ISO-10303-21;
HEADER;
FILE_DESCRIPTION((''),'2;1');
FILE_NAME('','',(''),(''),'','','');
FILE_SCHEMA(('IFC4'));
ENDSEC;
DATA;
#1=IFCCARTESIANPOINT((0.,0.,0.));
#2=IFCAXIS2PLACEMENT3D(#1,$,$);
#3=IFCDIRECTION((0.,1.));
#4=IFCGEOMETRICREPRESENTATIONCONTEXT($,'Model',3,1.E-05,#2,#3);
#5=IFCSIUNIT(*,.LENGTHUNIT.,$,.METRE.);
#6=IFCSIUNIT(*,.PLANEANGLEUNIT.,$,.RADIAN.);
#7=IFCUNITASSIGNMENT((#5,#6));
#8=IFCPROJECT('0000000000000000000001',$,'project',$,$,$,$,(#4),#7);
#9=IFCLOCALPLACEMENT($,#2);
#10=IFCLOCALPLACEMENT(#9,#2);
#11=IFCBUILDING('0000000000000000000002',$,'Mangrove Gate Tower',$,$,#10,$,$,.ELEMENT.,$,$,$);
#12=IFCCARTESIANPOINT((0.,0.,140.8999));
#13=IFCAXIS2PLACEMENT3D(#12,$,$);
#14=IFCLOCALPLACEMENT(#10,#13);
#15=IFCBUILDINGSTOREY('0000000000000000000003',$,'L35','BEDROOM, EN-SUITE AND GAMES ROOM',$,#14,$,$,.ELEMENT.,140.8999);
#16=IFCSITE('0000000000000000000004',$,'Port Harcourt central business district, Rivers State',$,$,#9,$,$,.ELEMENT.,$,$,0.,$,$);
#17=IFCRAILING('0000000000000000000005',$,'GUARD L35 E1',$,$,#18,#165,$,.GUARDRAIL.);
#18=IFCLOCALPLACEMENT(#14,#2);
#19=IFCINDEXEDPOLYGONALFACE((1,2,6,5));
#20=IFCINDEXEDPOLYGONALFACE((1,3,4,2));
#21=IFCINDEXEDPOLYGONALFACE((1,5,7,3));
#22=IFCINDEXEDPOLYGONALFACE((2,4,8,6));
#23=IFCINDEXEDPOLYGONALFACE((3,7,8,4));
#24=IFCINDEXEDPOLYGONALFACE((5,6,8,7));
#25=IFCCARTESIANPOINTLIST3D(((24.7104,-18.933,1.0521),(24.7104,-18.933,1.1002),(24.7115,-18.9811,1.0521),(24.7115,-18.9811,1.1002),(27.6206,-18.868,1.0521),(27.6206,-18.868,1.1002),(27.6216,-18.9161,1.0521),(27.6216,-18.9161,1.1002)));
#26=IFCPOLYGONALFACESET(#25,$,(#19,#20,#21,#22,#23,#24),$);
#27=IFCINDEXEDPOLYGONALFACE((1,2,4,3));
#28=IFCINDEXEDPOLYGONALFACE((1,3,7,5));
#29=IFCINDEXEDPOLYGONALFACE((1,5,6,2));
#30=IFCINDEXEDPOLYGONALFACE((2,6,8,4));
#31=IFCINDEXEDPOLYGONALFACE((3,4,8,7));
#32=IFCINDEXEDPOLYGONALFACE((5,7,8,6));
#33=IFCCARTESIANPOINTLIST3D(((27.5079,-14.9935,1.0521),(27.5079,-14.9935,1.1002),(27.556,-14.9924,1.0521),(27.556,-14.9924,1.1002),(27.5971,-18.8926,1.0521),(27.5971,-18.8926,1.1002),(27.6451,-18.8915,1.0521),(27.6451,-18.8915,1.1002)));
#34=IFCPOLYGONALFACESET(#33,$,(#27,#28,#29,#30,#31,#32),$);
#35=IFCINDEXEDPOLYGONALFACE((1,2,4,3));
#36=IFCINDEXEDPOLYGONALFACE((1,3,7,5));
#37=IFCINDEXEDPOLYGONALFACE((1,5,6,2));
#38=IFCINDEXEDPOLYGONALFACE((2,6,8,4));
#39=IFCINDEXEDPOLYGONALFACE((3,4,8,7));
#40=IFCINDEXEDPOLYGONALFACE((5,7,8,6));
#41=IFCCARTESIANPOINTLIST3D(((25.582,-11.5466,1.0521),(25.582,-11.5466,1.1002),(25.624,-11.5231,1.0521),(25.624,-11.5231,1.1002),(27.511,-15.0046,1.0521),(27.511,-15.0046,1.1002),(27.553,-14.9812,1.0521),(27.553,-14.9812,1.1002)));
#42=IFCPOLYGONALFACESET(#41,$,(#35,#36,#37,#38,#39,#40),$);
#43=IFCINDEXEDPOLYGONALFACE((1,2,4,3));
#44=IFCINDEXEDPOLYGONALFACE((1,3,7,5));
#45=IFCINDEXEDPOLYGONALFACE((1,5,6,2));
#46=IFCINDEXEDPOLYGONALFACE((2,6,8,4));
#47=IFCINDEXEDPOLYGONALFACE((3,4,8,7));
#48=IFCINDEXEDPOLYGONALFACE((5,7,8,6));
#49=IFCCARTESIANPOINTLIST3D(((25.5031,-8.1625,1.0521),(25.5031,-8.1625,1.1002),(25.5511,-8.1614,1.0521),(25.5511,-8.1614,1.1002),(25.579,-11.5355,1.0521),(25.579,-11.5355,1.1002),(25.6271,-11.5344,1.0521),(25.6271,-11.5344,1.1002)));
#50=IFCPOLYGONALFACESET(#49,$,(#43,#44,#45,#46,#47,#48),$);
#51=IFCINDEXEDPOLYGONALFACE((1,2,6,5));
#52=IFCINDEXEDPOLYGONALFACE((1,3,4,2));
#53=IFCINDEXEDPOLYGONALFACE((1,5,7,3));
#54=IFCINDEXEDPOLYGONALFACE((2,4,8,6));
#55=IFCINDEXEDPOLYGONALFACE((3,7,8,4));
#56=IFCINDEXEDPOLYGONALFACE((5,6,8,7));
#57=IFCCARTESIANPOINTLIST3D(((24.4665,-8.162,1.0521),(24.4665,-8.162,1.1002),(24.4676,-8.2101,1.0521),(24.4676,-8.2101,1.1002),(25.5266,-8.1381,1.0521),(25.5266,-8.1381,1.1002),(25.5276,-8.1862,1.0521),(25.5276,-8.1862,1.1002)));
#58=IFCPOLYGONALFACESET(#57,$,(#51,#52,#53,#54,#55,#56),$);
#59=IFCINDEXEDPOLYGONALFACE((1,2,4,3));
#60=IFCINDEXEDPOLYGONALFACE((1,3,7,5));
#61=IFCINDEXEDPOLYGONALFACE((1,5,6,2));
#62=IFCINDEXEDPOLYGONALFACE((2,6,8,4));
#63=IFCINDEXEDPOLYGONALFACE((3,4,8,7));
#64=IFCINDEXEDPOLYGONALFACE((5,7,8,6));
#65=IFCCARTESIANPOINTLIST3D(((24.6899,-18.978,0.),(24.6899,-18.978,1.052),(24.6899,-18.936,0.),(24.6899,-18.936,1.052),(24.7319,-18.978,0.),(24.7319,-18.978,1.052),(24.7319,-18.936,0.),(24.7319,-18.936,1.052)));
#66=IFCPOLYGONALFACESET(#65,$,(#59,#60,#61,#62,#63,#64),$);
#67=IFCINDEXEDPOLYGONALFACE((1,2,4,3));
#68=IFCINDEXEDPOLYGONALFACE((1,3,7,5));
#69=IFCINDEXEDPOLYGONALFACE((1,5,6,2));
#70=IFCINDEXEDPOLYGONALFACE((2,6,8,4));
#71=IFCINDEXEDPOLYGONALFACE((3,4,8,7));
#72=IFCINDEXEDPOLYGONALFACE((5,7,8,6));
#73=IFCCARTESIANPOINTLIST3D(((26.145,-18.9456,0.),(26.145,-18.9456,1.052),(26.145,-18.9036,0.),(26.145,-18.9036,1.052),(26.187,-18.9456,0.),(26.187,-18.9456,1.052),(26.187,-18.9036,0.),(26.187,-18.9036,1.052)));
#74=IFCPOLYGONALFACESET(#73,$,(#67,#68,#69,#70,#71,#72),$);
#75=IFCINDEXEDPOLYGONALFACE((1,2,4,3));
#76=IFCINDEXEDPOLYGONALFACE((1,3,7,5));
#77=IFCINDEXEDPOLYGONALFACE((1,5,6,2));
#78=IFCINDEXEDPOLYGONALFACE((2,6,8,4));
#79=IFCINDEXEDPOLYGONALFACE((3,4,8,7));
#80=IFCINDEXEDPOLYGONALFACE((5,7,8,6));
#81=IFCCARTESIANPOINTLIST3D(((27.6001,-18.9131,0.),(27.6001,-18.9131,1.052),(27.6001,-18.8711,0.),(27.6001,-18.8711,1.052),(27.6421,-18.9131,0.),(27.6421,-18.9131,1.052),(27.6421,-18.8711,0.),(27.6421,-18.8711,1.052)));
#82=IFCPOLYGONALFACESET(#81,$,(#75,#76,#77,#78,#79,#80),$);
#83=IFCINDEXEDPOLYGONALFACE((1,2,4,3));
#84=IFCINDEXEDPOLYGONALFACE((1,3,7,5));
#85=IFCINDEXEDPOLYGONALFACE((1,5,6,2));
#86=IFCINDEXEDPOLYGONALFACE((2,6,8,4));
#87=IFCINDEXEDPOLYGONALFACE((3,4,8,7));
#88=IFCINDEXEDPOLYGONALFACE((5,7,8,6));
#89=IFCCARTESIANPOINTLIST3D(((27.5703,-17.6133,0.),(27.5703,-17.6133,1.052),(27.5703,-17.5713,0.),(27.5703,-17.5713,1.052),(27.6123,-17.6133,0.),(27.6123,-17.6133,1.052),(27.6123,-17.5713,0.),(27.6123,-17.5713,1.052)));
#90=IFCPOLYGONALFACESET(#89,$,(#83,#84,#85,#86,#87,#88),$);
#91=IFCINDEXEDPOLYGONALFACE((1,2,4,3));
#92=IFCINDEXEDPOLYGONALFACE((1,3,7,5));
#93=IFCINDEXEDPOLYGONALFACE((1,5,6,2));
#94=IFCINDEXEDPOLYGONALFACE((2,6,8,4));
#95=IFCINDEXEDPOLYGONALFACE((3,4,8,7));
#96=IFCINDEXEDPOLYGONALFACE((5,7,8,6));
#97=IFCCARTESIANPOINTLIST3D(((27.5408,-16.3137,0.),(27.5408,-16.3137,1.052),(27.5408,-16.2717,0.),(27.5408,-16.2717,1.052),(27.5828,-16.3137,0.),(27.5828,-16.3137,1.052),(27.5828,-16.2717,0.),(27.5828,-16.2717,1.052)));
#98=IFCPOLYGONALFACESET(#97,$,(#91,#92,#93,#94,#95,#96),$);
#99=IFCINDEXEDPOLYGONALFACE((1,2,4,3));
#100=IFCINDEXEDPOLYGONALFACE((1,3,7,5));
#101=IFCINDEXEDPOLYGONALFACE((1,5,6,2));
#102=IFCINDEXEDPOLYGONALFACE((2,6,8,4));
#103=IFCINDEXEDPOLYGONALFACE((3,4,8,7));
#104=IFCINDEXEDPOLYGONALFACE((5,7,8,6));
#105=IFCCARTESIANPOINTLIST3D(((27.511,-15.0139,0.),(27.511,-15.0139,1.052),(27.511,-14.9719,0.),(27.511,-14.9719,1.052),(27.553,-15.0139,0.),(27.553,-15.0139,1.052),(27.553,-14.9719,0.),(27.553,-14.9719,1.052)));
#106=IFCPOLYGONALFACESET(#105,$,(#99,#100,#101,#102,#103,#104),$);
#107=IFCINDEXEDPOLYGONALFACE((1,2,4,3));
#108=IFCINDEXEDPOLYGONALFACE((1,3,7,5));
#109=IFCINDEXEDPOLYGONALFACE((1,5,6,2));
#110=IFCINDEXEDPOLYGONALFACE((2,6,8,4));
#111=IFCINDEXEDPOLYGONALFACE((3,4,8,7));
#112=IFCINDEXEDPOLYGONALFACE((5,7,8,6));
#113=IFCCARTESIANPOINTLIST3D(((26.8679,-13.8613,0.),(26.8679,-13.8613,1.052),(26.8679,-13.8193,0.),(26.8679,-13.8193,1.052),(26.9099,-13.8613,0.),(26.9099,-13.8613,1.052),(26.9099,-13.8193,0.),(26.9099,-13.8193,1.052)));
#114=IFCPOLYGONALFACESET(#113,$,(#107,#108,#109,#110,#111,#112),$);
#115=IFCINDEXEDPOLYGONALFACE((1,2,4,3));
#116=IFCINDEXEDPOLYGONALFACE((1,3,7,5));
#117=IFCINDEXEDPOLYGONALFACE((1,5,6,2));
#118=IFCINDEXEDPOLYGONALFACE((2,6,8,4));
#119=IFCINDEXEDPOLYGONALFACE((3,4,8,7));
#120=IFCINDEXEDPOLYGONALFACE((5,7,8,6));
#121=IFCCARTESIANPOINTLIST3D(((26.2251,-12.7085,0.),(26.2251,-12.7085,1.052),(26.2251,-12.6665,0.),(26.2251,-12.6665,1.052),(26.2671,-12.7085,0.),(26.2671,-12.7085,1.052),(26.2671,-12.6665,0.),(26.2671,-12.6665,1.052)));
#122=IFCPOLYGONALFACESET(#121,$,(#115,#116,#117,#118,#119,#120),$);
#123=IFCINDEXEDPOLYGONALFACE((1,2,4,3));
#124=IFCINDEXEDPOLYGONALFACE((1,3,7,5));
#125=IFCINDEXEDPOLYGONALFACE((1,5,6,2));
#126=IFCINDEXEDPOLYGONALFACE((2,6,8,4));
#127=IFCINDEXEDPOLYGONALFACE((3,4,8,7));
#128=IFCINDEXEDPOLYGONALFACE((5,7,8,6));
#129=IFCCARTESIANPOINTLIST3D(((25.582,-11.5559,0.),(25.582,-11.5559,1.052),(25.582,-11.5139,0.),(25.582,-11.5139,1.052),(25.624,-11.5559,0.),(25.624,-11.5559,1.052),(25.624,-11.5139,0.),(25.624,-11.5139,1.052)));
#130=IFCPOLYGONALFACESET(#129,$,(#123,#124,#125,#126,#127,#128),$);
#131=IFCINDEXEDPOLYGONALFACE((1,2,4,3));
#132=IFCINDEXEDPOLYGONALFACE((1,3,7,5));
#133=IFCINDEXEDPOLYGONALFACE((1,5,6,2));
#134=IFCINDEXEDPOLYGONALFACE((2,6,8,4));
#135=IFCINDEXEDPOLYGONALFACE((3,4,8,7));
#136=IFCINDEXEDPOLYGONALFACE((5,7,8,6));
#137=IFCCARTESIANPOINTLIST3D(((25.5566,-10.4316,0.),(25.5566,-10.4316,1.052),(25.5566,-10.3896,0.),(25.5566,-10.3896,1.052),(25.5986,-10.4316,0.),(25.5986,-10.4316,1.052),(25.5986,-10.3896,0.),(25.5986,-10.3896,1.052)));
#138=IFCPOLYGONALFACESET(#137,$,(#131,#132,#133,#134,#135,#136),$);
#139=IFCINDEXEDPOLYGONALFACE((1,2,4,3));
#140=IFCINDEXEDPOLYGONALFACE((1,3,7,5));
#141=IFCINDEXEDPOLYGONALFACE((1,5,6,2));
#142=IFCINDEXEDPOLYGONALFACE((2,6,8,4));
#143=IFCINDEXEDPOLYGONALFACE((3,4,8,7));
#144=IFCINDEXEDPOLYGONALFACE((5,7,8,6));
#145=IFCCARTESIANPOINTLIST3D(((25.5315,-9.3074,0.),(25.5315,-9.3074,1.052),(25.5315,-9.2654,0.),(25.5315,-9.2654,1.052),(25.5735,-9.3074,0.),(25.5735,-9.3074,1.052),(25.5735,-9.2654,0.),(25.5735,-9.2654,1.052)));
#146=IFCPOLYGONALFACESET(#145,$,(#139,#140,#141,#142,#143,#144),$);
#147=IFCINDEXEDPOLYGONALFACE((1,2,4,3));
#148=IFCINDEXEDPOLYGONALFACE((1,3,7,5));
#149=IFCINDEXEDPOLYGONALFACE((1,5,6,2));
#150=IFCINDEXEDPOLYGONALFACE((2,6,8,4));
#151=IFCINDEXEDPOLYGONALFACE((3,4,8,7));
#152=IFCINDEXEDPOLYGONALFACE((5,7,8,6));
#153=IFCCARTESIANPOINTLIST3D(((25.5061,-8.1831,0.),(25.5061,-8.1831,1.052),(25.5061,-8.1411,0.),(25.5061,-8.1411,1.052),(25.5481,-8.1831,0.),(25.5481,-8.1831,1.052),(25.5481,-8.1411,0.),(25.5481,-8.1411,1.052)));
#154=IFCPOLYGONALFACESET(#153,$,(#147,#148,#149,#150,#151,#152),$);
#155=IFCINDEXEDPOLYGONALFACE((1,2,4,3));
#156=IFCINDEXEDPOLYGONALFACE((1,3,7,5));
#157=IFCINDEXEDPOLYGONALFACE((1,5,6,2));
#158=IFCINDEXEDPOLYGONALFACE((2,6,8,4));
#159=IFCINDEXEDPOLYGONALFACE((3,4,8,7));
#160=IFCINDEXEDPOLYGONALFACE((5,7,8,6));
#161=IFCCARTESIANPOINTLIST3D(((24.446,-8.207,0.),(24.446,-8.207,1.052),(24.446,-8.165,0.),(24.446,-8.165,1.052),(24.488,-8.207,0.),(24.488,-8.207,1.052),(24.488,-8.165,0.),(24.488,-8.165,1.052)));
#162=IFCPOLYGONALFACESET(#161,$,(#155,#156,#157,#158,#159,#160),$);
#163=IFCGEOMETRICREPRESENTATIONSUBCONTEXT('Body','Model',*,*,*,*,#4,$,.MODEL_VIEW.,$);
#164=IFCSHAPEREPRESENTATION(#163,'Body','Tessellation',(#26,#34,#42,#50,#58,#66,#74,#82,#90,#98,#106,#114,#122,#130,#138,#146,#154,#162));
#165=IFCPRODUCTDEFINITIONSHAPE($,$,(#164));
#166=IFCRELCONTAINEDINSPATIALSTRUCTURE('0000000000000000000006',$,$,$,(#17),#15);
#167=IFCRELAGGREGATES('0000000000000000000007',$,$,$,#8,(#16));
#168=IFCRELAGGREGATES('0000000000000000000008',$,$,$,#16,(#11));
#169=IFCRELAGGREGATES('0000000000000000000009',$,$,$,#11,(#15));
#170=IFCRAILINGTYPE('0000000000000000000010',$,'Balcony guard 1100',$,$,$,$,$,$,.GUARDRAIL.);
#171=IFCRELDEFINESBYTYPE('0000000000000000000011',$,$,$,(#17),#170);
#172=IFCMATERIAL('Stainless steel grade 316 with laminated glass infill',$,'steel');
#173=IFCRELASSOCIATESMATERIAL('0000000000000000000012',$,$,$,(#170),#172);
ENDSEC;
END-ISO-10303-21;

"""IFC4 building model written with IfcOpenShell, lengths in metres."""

from ifc_helpers import new_model, si_unit, direction, frame, origin, origin_2d, place, context, subcontext, project, spatial, rectangle, extrude, material, type_object, element, save


model = new_model("IFC4")

# Units and contexts
model_context = context("Model", 3, precision=1e-05, world=origin(), true_north=direction((0.0, 1.0)))
body_context = subcontext(model_context, "Body", "Model", "MODEL_VIEW")
ifc_project = project(units=[si_unit("LENGTHUNIT", "METRE"), si_unit("PLANEANGLEUNIT", "RADIAN")], contexts=[model_context])

# Site, building, storey
site_placement = place(None, origin())
site = spatial("IfcSite", under=ifc_project, at=site_placement, Name="Port Harcourt central business district, Rivers State", CompositionType="ELEMENT", RefElevation=0.0)
building_placement = place(site_placement, origin())
building = spatial("IfcBuilding", under=site, at=building_placement, Name="Mangrove Gate Tower", CompositionType="ELEMENT")
storey_placement = place(building_placement, frame((0.0, 0.0, 140.8999)))
storey = spatial("IfcBuildingStorey", under=building, at=storey_placement, Name="L35", Description="BEDROOM, EN-SUITE AND GAMES ROOM", CompositionType="ELEMENT", Elevation=140.8999)

# Railing
ifc_material_1 = material(Name="Stainless steel grade 316 with laminated glass infill", Category="steel")
railing_type = type_object("IfcRailingType", Name="Balcony guard 1100", PredefinedType="GUARDRAIL", material=ifc_material_1)
railing_placement = place(storey_placement, frame((24.7109, -18.957, 0.0)))
element("IfcRailing", 1, at=railing_placement, inside=storey, type_object=railing_type, Name="GUARD L35 E1", PredefinedType="GUARDRAIL", context=body_context, shape_type="SweptSolid", body=[
    extrude(rectangle(XDim=0.0481, YDim=0.0481, at=origin_2d()), frame((0.0, 0.0, 1.0762), z_axis=(0.999751, 0.02231, 0.0), x_axis=(-0.02231, 0.999751, 0.0)), (0.0, 0.0, 1.0), 2.9109),
    extrude(rectangle(XDim=0.0481, YDim=0.0481, at=origin_2d()), frame((2.9102, 0.0649, 1.0762), z_axis=(-0.022848, 0.999739, 0.0), x_axis=(-0.999739, -0.022848, 0.0)), (0.0, 0.0, 1.0), 3.9001),
    extrude(rectangle(XDim=0.0481, YDim=0.0481, at=origin_2d()), frame((2.821, 3.9641, 1.0762), z_axis=(-0.487155, 0.873315, 0.0), x_axis=(-0.873315, -0.487155, 0.0)), (0.0, 0.0, 1.0), 3.9597),
    extrude(rectangle(XDim=0.0481, YDim=0.0481, at=origin_2d()), frame((0.8921, 7.4221, 1.0762), z_axis=(-0.022506, 0.999747, 0.0), x_axis=(-0.999747, -0.022506, 0.0)), (0.0, 0.0, 1.0), 3.3738),
    extrude(rectangle(XDim=0.0481, YDim=0.0481, at=origin_2d()), frame((0.8162, 10.7949, 1.0762), z_axis=(-0.999745, -0.022564, 0.0), x_axis=(0.022564, -0.999745, 0.0)), (0.0, 0.0, 1.0), 1.0603),
    extrude(rectangle(XDim=0.042, YDim=0.042, at=origin_2d()), origin(), (0.0, 0.0, 1.0), 1.052),
    extrude(rectangle(XDim=0.042, YDim=0.042, at=origin_2d()), frame((1.4551, 0.0325, 0.0)), (0.0, 0.0, 1.0), 1.052),
    extrude(rectangle(XDim=0.042, YDim=0.042, at=origin_2d()), frame((2.9102, 0.0649, 0.0)), (0.0, 0.0, 1.0), 1.052),
    extrude(rectangle(XDim=0.042, YDim=0.042, at=origin_2d()), frame((2.8804, 1.3647, 0.0)), (0.0, 0.0, 1.0), 1.052),
    extrude(rectangle(XDim=0.042, YDim=0.042, at=origin_2d()), frame((2.8508, 2.6643, 0.0)), (0.0, 0.0, 1.0), 1.052),
    extrude(rectangle(XDim=0.042, YDim=0.042, at=origin_2d()), frame((2.821, 3.9641, 0.0)), (0.0, 0.0, 1.0), 1.052),
    extrude(rectangle(XDim=0.042, YDim=0.042, at=origin_2d()), frame((2.178, 5.1167, 0.0)), (0.0, 0.0, 1.0), 1.052),
    extrude(rectangle(XDim=0.042, YDim=0.042, at=origin_2d()), frame((1.5352, 6.2695, 0.0)), (0.0, 0.0, 1.0), 1.052),
    extrude(rectangle(XDim=0.042, YDim=0.042, at=origin_2d()), frame((0.8921, 7.4221, 0.0)), (0.0, 0.0, 1.0), 1.052),
    extrude(rectangle(XDim=0.042, YDim=0.042, at=origin_2d()), frame((0.8667, 8.5464, 0.0)), (0.0, 0.0, 1.0), 1.052),
    extrude(rectangle(XDim=0.042, YDim=0.042, at=origin_2d()), frame((0.8416, 9.6707, 0.0)), (0.0, 0.0, 1.0), 1.052),
    extrude(rectangle(XDim=0.042, YDim=0.042, at=origin_2d()), frame((0.8162, 10.7949, 0.0)), (0.0, 0.0, 1.0), 1.052),
    extrude(rectangle(XDim=0.042, YDim=0.042, at=origin_2d()), frame((-0.2439, 10.771, 0.0)), (0.0, 0.0, 1.0), 1.052),
])

save(model, "model.ifc")
